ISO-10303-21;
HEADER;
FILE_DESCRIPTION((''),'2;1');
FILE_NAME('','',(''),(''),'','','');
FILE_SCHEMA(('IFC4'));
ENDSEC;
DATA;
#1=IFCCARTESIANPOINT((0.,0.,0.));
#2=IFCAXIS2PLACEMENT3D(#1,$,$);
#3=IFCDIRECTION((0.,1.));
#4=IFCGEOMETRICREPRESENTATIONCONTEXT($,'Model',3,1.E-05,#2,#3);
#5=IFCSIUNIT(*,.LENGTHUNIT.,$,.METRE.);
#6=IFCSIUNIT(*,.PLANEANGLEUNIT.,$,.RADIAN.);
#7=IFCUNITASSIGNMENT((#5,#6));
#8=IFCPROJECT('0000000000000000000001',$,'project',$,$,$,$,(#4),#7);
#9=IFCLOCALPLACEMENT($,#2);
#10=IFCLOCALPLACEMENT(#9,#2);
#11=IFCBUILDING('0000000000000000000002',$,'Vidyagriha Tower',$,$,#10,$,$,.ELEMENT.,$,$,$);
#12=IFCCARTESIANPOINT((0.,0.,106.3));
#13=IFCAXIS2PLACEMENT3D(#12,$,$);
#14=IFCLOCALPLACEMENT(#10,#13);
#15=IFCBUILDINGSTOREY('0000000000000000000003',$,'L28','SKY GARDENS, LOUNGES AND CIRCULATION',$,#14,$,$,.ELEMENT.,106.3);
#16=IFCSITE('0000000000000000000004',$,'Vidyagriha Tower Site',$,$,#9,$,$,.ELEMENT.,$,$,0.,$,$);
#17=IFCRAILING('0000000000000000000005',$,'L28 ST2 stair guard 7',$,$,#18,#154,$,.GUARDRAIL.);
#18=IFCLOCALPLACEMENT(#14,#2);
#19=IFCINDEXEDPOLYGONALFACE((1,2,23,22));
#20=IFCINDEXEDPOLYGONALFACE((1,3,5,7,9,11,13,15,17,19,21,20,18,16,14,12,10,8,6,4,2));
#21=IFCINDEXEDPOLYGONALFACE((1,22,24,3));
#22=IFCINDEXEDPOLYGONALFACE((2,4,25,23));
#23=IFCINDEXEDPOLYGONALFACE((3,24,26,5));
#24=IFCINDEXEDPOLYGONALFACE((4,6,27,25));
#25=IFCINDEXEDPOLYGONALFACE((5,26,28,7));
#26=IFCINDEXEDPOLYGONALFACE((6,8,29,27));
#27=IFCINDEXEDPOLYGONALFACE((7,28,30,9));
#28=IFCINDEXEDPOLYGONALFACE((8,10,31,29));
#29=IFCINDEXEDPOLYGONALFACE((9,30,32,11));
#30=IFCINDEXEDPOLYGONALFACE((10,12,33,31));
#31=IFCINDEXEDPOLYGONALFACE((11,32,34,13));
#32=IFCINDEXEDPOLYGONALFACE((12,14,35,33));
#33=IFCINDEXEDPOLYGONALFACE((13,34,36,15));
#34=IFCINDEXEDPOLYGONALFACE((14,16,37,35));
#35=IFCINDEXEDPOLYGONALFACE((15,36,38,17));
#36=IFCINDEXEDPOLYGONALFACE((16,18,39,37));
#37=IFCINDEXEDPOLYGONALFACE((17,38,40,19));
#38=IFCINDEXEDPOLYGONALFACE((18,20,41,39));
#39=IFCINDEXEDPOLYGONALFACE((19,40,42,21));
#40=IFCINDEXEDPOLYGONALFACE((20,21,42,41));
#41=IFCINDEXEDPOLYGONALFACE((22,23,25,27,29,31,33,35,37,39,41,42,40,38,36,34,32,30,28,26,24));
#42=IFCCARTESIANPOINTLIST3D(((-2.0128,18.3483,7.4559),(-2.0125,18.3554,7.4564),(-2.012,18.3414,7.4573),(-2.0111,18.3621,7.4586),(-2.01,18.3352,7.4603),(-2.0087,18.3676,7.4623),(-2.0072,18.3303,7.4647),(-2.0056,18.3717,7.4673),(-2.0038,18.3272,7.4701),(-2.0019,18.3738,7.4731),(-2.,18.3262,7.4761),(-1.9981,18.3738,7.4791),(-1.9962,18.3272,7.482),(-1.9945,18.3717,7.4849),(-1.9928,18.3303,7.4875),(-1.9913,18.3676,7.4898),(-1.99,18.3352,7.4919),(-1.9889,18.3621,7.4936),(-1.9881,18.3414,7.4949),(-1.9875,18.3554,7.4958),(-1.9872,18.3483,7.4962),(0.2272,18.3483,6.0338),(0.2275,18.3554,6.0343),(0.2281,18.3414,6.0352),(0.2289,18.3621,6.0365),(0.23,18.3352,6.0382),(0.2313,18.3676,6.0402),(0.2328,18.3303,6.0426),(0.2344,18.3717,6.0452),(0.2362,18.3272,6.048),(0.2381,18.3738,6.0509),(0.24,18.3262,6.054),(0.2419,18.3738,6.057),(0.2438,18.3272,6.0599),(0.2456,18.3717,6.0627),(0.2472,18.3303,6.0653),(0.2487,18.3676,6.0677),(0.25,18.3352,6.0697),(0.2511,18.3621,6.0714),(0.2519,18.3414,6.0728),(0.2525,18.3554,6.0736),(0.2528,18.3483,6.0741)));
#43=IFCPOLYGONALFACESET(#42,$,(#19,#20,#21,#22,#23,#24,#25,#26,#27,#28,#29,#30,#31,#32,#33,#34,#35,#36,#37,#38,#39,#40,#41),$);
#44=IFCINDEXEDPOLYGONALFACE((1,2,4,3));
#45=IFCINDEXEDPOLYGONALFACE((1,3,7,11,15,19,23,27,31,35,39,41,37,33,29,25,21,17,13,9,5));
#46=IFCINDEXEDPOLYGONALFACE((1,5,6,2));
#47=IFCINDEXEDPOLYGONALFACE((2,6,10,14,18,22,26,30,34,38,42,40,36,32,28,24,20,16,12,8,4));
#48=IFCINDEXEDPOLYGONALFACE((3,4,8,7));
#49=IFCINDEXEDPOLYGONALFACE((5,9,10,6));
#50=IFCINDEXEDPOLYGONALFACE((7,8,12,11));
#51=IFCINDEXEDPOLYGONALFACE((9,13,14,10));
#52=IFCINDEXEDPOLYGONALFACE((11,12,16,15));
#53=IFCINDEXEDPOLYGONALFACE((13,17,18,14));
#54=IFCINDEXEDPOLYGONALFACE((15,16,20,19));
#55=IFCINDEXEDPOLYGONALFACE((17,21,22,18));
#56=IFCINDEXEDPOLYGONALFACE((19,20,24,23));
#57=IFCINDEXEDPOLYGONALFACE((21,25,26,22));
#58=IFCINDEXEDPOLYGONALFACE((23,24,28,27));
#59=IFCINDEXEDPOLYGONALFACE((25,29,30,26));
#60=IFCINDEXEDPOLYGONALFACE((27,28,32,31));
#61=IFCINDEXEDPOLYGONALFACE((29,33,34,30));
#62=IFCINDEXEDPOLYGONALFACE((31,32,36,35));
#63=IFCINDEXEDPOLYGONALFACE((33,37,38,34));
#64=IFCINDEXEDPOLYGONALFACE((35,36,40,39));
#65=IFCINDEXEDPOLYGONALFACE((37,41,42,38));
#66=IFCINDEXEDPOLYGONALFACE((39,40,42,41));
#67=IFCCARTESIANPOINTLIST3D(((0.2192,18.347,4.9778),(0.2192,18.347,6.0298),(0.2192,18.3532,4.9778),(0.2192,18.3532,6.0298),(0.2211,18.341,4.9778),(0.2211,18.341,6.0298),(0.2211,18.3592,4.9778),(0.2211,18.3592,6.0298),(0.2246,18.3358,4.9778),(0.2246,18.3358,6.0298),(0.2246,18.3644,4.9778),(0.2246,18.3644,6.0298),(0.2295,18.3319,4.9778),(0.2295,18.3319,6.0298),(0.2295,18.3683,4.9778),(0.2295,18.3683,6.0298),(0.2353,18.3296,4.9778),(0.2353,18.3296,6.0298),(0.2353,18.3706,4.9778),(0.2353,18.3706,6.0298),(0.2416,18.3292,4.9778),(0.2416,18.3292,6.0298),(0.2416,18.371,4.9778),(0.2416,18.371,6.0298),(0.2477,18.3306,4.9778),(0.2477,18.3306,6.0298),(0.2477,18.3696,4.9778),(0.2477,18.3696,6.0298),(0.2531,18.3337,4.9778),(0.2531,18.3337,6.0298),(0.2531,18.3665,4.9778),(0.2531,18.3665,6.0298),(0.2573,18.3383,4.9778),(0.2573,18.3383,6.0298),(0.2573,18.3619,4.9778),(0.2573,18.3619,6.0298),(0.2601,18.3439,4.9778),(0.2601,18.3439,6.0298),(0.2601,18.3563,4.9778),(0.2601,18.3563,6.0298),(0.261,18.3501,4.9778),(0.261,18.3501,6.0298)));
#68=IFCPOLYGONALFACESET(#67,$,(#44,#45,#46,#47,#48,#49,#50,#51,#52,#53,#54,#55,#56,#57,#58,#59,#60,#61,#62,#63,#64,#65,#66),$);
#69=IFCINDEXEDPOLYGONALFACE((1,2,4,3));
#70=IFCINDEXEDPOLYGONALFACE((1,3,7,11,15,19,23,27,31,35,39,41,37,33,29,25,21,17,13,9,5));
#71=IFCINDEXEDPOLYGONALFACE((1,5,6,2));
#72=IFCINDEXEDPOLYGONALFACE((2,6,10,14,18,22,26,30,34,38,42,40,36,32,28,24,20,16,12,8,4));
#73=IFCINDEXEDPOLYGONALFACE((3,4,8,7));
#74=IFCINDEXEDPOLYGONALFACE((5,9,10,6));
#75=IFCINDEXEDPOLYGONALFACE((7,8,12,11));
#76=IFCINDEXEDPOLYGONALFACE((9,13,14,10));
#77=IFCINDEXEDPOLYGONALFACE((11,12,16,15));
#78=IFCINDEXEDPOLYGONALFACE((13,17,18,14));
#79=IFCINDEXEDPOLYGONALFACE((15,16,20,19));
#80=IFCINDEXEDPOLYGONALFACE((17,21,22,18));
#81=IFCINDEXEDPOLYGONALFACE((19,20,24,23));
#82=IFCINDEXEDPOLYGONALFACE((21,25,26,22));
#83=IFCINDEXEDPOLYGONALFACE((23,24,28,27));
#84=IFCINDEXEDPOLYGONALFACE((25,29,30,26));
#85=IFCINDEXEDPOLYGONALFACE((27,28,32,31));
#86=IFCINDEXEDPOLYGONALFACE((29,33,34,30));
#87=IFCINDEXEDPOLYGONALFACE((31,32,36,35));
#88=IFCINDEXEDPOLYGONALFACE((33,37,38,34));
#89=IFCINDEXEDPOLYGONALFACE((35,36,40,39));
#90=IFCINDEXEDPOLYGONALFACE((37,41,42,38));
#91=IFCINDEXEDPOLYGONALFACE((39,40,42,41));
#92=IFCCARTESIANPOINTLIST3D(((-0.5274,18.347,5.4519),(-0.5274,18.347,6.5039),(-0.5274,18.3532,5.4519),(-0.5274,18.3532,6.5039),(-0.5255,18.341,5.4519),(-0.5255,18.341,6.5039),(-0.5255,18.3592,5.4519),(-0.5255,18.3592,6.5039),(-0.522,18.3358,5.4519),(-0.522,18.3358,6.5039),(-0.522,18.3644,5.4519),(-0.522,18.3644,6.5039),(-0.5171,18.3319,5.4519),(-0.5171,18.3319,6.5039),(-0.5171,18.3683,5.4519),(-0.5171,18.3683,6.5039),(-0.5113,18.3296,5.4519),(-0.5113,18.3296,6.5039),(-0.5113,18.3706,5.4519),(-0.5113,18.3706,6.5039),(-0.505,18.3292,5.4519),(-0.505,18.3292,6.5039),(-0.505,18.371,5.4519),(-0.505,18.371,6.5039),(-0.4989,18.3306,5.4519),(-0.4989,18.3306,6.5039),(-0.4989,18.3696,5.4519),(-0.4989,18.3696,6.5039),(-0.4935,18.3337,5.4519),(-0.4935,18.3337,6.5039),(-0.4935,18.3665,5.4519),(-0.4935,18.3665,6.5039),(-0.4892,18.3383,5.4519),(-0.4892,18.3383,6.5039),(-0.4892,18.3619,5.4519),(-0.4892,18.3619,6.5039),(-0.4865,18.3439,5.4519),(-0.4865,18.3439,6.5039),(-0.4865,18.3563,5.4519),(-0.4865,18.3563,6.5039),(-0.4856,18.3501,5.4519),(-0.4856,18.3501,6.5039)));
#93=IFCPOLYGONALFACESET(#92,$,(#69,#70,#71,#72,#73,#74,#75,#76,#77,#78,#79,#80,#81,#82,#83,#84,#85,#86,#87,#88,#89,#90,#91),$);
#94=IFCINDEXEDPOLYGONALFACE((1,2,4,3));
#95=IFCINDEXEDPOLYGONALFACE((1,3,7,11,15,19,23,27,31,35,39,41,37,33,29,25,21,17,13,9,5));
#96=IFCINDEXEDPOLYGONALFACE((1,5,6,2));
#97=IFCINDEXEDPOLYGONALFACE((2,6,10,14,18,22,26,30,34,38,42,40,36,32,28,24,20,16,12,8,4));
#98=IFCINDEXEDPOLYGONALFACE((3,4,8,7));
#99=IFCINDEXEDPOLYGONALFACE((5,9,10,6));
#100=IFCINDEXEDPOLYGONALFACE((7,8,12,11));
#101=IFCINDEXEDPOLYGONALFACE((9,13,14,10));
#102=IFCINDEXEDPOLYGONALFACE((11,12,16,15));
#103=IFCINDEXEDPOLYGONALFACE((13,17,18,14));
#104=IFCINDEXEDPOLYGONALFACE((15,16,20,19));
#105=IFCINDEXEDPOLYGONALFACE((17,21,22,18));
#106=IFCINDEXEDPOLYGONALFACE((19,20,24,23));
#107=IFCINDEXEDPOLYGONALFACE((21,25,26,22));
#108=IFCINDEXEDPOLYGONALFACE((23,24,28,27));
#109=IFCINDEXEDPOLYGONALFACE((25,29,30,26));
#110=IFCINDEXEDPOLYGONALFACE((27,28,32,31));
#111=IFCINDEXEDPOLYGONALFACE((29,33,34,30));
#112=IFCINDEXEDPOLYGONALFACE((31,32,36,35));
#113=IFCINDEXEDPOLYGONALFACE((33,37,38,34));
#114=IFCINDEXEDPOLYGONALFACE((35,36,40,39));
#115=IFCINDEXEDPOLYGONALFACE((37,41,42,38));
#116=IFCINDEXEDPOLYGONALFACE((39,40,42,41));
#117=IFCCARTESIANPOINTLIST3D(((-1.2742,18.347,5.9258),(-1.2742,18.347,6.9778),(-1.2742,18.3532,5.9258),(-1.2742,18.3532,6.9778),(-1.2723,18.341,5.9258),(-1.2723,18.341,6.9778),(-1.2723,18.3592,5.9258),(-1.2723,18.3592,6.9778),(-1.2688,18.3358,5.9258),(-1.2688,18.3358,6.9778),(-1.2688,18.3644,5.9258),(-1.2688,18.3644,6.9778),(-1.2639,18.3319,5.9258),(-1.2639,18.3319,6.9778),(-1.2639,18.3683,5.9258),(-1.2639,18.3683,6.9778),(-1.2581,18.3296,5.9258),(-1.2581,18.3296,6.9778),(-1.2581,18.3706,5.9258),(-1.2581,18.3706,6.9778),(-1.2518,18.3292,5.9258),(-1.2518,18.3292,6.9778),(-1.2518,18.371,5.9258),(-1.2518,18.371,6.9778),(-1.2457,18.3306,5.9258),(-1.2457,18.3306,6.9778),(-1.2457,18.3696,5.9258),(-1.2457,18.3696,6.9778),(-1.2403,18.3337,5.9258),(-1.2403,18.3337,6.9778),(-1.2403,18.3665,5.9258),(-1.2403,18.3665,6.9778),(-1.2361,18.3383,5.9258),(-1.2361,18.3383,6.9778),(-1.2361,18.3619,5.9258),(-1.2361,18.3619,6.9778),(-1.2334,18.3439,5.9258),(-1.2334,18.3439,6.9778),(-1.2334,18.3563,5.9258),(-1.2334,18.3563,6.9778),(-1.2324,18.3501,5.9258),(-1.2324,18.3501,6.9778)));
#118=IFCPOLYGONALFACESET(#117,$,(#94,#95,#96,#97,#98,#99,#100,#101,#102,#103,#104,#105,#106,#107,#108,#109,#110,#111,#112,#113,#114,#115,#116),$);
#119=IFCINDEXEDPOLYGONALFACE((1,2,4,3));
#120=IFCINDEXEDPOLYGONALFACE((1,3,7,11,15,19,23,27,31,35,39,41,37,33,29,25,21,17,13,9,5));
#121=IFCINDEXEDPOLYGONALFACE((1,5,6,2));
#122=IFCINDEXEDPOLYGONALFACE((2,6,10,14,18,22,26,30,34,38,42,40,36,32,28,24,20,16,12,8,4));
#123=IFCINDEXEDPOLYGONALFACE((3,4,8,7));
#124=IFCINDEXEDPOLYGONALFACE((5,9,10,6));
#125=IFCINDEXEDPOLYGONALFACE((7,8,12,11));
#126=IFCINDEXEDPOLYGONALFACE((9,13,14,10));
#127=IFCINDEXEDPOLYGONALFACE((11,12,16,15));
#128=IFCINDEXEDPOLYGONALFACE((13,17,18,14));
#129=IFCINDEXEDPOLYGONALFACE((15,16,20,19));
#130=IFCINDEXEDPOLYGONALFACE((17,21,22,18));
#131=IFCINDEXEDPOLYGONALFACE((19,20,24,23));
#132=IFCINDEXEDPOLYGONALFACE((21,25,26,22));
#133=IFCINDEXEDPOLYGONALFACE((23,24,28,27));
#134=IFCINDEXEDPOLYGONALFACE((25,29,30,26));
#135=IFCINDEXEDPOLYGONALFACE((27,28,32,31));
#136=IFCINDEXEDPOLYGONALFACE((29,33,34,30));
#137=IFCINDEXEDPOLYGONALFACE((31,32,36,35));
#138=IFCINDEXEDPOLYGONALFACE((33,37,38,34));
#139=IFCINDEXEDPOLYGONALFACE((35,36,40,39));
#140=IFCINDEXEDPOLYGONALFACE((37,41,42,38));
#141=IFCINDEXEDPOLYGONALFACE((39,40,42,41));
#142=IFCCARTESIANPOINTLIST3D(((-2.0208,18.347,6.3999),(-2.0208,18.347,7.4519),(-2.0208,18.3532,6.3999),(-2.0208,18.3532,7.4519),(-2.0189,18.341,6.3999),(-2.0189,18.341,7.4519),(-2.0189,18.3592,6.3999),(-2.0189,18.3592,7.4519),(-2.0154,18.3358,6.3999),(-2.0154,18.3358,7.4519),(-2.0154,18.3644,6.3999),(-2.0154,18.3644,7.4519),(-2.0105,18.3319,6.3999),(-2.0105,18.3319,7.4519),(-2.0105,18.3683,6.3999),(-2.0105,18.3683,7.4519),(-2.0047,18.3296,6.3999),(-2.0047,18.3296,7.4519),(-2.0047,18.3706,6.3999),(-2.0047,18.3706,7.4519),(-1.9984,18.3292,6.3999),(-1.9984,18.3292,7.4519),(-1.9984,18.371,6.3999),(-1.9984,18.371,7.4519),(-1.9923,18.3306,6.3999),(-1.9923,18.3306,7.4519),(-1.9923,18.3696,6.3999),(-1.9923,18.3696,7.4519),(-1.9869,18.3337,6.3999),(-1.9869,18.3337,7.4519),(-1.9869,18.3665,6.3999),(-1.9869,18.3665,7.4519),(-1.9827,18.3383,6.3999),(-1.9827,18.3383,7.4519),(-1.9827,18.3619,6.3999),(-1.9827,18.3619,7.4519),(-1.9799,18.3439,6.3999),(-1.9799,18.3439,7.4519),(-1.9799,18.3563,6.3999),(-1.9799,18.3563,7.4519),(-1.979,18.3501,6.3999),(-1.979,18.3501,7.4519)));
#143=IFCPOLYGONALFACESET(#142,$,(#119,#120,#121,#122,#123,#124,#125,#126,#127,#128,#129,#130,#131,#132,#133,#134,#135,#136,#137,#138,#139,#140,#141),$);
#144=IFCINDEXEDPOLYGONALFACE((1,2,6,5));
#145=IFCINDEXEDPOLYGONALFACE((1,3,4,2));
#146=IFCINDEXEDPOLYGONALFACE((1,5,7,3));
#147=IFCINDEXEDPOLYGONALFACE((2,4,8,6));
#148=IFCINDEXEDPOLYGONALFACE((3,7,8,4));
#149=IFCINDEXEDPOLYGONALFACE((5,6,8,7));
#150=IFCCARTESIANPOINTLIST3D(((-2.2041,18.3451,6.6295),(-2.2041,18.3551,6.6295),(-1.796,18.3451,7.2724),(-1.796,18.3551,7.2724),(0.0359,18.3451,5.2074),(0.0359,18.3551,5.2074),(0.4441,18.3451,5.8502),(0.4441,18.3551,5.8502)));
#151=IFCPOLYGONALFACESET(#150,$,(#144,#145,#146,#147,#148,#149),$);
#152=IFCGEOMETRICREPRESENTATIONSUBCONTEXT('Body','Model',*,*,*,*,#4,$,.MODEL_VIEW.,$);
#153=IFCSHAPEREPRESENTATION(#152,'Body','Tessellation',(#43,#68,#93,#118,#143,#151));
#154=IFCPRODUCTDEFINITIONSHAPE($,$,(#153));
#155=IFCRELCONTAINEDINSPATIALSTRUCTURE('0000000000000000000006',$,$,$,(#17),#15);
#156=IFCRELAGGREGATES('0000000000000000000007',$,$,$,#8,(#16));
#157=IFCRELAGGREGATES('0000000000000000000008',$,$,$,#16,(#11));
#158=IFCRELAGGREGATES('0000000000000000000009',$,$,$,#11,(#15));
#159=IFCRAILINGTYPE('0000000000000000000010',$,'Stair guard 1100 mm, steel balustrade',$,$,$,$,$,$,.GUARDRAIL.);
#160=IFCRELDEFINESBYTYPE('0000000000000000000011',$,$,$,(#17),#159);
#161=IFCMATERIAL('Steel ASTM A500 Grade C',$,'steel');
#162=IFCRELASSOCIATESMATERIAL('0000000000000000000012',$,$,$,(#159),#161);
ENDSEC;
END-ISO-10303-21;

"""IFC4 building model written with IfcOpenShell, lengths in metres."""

from ifc_helpers import new_model, si_unit, direction, frame, origin, origin_2d, place, context, subcontext, project, spatial, rectangle, circle, extrude, material, type_object, element, save


model = new_model("IFC4")

# Units and contexts
model_context = context("Model", 3, precision=1e-05, world=origin(), true_north=direction((0.0, 1.0)))
body_context = subcontext(model_context, "Body", "Model", "MODEL_VIEW")
ifc_project = project(units=[si_unit("LENGTHUNIT", "METRE"), si_unit("PLANEANGLEUNIT", "RADIAN")], contexts=[model_context])

# Site, building, storey
site_placement = place(None, origin())
site = spatial("IfcSite", under=ifc_project, at=site_placement, Name="Vidyagriha Tower Site", CompositionType="ELEMENT", RefElevation=0.0)
building_placement = place(site_placement, origin())
building = spatial("IfcBuilding", under=site, at=building_placement, Name="Vidyagriha Tower", CompositionType="ELEMENT")
storey_placement = place(building_placement, frame((0.0, 0.0, 106.3)))
storey = spatial("IfcBuildingStorey", under=building, at=storey_placement, Name="L28", Description="SKY GARDENS, LOUNGES AND CIRCULATION", CompositionType="ELEMENT", Elevation=106.3)

# Railing
ifc_material_1 = material(Name="Steel ASTM A500 Grade C", Category="steel")
railing_type_1 = type_object("IfcRailingType", Name="Stair guard 1100 mm, steel balustrade", PredefinedType="GUARDRAIL", material=ifc_material_1)
railing_1_placement = place(storey_placement, frame((0.24, 18.3501, 4.9778)))
element("IfcRailing", 1, at=railing_1_placement, inside=storey, type_object=railing_type_1, Name="L28 ST2 stair guard 7", PredefinedType="GUARDRAIL", context=body_context, shape_type="SweptSolid", body=[
    extrude(circle(Radius=0.0239, at=origin_2d()), frame((0.0, 0.0, 1.0762), z_axis=(-0.844229, 0.0, 0.535982), x_axis=(0.0, -1.0, 0.0)), (0.0, 0.0, 1.0), 2.6533),
    extrude(circle(Radius=0.021, at=origin_2d()), origin(), (0.0, 0.0, 1.0), 1.052),
    extrude(circle(Radius=0.021, at=origin_2d()), frame((-0.7466, 0.0, 0.4741)), (0.0, 0.0, 1.0), 1.052),
    extrude(circle(Radius=0.021, at=origin_2d()), frame((-1.4934, 0.0, 0.948)), (0.0, 0.0, 1.0), 1.052),
    extrude(circle(Radius=0.021, at=origin_2d()), frame((-2.24, 0.0, 1.4221)), (0.0, 0.0, 1.0), 1.052),
    extrude(rectangle(XDim=0.01, YDim=0.7615, at=origin_2d()), frame((0.0, 0.0, 0.551), z_axis=(-0.844229, 0.0, 0.535982), x_axis=(0.0, -1.0, 0.0)), (0.0, 0.0, 1.0), 2.6533),
])

save(model, "model.ifc")
